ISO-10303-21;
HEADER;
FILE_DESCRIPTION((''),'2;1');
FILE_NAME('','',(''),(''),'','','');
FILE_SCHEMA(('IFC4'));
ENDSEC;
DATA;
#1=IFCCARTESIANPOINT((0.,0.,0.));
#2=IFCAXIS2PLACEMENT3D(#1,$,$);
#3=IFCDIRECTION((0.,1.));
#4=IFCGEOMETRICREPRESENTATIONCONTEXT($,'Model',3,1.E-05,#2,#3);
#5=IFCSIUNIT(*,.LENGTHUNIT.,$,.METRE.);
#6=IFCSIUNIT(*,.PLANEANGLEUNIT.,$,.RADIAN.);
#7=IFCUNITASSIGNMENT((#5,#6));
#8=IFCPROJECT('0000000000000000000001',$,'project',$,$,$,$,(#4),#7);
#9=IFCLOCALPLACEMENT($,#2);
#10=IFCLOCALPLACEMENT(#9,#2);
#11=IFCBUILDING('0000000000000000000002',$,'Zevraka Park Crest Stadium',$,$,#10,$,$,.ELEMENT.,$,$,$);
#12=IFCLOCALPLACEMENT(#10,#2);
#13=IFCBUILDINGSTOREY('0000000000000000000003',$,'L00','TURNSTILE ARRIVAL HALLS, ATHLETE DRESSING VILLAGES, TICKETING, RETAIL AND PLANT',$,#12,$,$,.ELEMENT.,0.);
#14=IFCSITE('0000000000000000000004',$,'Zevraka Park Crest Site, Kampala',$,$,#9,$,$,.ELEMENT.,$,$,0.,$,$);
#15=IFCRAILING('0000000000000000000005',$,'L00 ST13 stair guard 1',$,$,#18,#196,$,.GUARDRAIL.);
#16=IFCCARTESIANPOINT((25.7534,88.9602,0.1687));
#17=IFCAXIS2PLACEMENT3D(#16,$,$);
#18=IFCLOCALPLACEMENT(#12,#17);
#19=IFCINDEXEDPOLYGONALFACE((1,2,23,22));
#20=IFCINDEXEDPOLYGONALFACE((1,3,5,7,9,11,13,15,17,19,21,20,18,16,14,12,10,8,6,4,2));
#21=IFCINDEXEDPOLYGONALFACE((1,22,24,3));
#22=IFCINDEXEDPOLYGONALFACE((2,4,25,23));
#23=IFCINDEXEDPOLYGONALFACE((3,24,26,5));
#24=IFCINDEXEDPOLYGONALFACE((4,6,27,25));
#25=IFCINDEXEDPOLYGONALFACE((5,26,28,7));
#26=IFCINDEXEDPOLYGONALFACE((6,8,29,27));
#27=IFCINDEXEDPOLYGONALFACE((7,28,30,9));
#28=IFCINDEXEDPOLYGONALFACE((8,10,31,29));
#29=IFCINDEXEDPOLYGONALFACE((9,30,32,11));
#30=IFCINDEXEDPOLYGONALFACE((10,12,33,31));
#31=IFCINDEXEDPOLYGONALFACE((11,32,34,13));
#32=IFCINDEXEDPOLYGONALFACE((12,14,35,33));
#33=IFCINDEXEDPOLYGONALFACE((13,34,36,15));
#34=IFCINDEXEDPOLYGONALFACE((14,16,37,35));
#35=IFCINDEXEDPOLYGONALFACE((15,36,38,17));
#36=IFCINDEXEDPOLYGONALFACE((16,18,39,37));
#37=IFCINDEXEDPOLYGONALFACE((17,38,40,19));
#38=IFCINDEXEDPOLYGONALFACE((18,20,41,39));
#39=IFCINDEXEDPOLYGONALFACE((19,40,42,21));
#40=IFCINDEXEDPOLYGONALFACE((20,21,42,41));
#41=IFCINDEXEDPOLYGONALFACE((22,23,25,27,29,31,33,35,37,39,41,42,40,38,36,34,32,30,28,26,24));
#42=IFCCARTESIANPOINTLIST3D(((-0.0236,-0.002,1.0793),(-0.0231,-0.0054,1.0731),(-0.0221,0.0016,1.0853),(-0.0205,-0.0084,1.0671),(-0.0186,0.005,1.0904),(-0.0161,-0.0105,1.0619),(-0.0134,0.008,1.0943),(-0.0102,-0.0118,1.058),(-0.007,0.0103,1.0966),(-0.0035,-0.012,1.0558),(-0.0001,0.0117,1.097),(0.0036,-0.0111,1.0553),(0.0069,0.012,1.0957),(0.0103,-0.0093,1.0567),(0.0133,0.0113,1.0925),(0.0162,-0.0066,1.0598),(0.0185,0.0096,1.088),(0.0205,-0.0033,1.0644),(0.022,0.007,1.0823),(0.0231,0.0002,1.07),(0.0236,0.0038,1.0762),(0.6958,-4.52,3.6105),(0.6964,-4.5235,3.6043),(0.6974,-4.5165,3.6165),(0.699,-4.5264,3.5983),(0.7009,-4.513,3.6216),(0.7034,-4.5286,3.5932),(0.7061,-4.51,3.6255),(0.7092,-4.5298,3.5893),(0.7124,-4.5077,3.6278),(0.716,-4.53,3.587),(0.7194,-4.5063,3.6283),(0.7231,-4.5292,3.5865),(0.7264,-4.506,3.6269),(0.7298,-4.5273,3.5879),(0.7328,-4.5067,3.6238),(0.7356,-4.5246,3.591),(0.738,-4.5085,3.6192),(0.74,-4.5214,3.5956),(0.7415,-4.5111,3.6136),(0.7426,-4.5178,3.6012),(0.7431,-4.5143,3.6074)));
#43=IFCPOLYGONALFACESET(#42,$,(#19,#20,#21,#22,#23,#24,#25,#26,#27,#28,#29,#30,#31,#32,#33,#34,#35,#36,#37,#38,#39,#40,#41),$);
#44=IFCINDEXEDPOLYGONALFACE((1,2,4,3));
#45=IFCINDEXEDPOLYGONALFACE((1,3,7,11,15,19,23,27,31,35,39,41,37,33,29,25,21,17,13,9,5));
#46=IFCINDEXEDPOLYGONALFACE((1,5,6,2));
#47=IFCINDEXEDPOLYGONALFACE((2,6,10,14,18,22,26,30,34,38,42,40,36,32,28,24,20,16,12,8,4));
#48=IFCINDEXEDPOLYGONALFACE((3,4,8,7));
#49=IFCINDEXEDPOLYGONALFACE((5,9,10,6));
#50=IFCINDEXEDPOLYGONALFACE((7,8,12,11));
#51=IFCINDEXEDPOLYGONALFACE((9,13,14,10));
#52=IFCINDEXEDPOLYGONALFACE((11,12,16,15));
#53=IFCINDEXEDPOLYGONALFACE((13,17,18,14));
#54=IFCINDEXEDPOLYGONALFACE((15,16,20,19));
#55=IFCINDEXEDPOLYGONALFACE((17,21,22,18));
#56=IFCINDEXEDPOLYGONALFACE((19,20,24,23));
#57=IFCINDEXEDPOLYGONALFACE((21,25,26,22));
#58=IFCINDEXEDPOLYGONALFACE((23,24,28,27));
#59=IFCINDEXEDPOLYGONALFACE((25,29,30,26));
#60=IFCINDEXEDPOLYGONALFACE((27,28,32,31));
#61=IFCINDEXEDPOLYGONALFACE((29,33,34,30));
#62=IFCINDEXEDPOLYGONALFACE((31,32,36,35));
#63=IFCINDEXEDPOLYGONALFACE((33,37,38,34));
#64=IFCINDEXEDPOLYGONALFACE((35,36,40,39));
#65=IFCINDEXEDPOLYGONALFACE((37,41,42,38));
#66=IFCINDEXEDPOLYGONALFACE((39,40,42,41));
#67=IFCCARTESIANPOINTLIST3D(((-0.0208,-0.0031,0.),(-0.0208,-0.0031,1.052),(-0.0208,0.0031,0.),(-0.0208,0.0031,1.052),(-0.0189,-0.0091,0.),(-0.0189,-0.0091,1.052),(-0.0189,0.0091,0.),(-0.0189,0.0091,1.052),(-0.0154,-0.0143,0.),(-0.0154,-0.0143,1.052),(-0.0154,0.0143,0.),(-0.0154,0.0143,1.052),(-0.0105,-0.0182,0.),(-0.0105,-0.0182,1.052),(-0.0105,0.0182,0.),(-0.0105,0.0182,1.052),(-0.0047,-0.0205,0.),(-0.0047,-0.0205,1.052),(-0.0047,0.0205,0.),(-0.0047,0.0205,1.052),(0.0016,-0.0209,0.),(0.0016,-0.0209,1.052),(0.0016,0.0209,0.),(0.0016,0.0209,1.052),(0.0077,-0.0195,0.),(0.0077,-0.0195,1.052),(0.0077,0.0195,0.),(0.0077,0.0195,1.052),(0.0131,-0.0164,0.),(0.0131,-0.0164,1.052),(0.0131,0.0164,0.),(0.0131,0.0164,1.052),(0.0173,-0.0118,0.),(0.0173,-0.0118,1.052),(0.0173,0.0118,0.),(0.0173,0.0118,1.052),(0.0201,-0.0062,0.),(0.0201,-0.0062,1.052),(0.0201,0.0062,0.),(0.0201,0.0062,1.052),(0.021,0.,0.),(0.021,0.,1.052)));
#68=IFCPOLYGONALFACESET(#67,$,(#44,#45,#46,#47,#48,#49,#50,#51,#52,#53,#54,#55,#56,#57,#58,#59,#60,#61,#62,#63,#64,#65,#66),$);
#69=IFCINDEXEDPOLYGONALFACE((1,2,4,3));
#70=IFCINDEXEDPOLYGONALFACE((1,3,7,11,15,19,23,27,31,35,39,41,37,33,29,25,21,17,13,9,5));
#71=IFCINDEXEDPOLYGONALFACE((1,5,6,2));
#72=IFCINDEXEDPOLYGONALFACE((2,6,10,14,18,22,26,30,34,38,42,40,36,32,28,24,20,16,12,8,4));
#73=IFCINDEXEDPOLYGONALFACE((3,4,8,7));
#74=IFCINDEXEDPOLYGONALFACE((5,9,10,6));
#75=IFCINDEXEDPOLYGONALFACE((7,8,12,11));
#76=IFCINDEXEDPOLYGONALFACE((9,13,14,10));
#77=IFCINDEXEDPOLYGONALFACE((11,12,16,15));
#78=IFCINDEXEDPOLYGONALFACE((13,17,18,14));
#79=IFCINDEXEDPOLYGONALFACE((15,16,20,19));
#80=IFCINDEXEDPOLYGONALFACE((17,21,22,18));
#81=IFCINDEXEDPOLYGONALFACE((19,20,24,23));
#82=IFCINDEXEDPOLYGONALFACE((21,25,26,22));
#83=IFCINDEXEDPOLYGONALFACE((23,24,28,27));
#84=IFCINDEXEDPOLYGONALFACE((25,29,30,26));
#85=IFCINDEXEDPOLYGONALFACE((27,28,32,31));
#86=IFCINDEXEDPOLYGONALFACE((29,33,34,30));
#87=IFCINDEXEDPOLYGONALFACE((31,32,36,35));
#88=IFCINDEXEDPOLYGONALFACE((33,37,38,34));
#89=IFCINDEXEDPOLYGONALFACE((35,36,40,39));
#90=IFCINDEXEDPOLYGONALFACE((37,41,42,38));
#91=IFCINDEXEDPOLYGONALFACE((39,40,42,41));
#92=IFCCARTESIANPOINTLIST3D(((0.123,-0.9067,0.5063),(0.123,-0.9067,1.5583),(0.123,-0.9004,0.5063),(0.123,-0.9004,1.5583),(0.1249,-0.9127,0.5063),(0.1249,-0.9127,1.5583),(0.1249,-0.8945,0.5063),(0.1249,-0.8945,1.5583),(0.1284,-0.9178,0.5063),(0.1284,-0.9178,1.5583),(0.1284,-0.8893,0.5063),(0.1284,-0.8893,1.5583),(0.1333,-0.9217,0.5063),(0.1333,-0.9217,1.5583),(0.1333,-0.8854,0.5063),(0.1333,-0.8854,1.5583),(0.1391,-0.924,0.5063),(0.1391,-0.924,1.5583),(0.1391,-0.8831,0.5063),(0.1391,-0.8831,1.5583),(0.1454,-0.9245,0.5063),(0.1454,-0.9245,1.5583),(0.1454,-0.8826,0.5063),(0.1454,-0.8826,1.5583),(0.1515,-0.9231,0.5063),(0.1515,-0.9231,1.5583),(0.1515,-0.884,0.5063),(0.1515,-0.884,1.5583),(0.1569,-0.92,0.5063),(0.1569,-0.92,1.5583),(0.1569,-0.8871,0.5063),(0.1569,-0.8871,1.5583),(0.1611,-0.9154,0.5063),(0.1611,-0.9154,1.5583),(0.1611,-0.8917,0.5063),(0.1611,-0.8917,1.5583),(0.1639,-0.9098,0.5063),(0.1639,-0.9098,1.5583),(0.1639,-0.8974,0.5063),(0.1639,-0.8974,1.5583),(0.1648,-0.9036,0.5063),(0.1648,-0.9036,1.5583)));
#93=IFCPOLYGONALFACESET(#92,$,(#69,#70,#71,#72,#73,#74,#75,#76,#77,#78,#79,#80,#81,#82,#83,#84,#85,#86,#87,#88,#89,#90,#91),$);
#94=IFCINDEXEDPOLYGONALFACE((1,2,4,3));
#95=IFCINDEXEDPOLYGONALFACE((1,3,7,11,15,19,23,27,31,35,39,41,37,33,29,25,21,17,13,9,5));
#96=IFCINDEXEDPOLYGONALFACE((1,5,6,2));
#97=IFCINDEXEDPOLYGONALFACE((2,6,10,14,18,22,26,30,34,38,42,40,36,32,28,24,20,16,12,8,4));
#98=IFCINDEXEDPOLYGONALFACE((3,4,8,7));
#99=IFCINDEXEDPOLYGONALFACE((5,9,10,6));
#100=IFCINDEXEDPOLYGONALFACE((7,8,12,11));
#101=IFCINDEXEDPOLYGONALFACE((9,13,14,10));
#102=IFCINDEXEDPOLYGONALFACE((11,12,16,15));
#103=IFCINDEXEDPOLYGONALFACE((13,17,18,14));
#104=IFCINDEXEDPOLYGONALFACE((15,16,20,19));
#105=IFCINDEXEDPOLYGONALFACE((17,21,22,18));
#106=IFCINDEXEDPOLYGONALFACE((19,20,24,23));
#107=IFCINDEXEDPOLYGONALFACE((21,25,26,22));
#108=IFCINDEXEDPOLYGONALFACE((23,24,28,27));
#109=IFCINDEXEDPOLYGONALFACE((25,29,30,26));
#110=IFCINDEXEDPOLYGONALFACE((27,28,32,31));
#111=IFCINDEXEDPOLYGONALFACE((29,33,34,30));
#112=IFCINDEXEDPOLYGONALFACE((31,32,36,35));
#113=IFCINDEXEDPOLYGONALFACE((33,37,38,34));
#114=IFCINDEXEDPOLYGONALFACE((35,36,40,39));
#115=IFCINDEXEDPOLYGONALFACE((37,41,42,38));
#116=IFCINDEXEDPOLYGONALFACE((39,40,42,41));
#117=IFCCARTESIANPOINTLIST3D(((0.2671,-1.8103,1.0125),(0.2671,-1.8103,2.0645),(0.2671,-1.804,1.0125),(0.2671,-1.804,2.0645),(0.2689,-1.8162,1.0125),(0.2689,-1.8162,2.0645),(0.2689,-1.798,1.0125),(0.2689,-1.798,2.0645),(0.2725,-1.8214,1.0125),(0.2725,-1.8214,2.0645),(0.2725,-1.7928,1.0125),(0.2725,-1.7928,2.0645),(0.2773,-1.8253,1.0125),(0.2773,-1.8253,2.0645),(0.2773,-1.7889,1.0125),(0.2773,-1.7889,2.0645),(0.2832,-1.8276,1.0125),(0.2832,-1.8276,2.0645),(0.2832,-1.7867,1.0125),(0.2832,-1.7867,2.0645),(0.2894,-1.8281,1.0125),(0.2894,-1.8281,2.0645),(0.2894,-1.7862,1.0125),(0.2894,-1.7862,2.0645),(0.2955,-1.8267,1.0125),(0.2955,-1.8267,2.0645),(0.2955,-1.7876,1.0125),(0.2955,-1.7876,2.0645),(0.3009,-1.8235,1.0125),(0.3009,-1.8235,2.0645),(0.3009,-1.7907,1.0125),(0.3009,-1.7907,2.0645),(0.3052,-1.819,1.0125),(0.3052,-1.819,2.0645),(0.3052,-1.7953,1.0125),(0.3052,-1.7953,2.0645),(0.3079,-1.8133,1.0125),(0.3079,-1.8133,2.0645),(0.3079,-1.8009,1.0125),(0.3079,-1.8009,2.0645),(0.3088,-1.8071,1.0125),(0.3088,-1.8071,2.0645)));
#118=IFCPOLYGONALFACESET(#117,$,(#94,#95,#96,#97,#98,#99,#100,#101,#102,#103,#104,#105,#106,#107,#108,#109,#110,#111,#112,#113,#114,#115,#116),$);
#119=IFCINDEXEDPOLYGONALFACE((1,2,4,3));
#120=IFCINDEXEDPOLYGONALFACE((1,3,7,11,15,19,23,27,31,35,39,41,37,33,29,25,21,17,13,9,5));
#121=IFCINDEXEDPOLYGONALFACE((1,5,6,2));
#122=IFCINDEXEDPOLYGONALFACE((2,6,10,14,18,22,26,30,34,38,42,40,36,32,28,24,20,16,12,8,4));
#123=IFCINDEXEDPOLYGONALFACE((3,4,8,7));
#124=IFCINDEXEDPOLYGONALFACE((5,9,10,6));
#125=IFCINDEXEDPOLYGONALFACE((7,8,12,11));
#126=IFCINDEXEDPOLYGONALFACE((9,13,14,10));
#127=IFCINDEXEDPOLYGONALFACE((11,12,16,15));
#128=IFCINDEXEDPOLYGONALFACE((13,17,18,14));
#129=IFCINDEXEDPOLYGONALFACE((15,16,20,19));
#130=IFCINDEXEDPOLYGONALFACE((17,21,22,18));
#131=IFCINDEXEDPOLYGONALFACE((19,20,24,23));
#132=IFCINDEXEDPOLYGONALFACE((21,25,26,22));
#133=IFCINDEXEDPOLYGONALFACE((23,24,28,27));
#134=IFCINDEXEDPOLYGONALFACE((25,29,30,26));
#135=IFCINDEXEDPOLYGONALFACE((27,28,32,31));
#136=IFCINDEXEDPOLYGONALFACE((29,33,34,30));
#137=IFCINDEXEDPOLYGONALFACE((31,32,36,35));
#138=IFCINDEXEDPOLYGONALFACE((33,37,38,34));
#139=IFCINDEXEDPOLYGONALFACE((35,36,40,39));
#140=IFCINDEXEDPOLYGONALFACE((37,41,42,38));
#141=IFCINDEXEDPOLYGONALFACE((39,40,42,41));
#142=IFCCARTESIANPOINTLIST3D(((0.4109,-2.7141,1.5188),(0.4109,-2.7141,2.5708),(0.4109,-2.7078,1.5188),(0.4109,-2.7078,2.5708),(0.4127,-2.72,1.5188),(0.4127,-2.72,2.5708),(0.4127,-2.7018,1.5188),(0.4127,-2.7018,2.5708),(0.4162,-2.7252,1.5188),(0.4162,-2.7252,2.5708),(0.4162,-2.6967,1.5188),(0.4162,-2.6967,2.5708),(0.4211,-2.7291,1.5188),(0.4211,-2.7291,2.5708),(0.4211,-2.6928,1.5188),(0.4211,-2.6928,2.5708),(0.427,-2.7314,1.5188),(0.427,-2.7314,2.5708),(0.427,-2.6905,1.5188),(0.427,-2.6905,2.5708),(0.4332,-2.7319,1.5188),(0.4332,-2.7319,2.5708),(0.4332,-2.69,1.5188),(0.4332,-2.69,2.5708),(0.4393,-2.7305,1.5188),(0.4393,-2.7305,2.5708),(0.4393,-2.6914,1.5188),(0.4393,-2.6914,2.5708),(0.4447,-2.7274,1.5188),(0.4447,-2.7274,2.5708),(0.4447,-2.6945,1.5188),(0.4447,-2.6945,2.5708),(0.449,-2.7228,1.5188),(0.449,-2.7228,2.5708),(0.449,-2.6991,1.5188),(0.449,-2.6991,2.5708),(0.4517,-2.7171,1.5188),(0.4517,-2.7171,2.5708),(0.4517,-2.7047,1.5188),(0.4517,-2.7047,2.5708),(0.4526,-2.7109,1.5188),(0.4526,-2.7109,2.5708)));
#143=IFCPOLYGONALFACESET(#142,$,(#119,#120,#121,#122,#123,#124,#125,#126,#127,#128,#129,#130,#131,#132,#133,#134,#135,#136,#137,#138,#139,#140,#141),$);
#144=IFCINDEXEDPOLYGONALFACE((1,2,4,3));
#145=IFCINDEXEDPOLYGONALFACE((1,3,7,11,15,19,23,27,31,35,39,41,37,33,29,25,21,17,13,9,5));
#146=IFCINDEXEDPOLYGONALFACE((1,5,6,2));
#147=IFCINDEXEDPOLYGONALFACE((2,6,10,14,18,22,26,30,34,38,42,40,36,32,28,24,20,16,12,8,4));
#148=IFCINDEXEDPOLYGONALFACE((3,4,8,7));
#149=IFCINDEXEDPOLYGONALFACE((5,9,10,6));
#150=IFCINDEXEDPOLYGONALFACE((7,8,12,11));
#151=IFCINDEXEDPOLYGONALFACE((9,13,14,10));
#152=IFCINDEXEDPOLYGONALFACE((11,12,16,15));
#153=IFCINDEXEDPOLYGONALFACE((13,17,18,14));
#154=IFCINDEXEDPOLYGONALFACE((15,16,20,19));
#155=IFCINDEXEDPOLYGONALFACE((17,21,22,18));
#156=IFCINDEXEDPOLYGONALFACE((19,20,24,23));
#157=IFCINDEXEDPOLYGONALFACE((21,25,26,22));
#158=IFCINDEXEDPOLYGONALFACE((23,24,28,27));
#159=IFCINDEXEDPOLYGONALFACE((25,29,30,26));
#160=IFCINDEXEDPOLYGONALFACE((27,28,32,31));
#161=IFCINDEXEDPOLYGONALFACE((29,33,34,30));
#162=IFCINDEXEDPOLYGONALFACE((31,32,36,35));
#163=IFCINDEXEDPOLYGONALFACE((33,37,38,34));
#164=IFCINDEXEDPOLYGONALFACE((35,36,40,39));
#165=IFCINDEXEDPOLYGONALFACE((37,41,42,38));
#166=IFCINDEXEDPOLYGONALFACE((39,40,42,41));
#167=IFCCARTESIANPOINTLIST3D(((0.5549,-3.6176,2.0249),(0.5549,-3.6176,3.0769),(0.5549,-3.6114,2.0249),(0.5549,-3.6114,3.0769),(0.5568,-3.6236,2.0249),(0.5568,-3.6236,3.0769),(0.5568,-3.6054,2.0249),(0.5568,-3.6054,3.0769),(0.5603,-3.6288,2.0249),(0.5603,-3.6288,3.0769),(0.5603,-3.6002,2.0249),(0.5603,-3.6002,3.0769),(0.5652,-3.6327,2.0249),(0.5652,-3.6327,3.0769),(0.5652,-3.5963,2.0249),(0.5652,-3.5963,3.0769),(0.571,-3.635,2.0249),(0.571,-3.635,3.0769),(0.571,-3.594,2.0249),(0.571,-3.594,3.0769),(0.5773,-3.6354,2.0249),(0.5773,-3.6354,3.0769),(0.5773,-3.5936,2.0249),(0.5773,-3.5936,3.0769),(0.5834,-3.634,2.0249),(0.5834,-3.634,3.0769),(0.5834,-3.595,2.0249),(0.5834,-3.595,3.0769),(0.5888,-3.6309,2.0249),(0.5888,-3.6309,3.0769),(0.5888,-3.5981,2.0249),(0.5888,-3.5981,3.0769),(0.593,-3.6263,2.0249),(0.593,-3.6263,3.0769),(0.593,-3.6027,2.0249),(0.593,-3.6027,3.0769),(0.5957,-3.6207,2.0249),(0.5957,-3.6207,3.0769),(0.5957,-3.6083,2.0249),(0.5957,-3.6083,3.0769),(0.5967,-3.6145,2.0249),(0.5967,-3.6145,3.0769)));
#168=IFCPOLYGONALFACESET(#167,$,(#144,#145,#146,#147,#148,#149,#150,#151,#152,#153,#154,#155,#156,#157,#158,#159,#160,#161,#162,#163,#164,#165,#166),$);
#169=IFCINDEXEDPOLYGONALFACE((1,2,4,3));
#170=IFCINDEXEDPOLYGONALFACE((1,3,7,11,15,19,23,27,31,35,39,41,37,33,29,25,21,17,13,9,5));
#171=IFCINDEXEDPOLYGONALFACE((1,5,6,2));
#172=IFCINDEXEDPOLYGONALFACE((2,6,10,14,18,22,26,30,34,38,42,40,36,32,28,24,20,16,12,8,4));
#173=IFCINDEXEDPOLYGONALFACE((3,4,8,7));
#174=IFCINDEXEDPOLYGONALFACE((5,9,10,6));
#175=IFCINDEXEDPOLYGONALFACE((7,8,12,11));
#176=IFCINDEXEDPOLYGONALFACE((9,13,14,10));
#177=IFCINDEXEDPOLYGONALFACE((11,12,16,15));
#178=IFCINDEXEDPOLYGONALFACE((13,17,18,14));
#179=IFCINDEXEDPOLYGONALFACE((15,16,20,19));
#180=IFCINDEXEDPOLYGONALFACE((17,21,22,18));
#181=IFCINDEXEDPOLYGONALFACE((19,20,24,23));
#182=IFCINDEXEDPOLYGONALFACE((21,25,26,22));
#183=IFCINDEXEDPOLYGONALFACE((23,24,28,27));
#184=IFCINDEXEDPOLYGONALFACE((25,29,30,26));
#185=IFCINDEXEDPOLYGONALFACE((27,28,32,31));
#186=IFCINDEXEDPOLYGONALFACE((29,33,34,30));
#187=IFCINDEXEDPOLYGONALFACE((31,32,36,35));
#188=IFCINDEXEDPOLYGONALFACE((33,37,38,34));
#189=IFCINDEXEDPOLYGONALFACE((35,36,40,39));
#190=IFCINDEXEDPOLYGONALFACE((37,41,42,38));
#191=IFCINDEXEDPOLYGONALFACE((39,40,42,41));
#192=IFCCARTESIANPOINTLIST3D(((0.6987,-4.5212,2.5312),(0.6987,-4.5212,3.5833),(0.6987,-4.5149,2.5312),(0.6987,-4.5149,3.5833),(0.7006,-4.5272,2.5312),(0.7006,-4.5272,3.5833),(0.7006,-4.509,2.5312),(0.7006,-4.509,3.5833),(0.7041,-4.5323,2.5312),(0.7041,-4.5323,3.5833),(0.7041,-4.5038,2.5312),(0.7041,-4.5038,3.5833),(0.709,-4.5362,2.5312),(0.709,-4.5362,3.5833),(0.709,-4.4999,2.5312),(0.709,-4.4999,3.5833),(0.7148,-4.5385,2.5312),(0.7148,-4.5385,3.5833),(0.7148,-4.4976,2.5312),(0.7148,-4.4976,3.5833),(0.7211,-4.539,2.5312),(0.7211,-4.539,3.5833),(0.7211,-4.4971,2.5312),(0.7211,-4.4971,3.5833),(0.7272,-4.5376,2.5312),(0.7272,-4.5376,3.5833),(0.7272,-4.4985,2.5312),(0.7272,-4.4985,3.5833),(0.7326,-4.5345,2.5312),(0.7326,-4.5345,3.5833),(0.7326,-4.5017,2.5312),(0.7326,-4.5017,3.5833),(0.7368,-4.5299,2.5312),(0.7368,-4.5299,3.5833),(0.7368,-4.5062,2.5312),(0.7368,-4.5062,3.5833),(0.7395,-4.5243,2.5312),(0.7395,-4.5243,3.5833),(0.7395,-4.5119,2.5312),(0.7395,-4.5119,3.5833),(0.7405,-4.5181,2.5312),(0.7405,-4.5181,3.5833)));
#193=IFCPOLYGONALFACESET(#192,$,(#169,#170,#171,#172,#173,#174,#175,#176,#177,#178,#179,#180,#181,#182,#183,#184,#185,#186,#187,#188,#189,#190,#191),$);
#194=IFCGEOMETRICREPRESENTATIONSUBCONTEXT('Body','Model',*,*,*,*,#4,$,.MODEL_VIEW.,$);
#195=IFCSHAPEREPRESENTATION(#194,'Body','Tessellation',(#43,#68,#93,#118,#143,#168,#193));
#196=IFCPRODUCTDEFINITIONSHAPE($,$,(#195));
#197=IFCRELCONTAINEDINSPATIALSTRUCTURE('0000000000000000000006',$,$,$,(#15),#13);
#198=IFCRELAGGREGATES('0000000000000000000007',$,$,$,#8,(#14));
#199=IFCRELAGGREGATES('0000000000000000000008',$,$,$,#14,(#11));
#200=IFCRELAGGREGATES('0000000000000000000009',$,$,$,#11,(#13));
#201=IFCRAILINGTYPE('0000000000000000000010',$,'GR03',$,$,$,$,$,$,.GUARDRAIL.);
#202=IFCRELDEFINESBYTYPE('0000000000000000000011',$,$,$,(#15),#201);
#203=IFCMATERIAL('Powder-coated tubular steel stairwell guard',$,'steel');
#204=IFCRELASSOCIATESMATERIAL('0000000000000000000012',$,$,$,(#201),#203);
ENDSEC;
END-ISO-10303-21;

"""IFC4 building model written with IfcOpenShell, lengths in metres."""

from ifc_helpers import new_model, si_unit, direction, frame, origin, origin_2d, place, context, subcontext, project, spatial, circle, extrude, material, type_object, element, save


model = new_model("IFC4")

# Units and contexts
model_context = context("Model", 3, precision=1e-05, world=origin(), true_north=direction((0.0, 1.0)))
body_context = subcontext(model_context, "Body", "Model", "MODEL_VIEW")
ifc_project = project(units=[si_unit("LENGTHUNIT", "METRE"), si_unit("PLANEANGLEUNIT", "RADIAN")], contexts=[model_context])

# Site, building, storey
site_placement = place(None, origin())
site = spatial("IfcSite", under=ifc_project, at=site_placement, Name="Zevraka Park Crest Site, Kampala", CompositionType="ELEMENT", RefElevation=0.0)
building_placement = place(site_placement, origin())
building = spatial("IfcBuilding", under=site, at=building_placement, Name="Zevraka Park Crest Stadium", CompositionType="ELEMENT")
storey_placement = place(building_placement, origin())
storey = spatial("IfcBuildingStorey", under=building, at=storey_placement, Name="L00", Description="TURNSTILE ARRIVAL HALLS, ATHLETE DRESSING VILLAGES, TICKETING, RETAIL AND PLANT", CompositionType="ELEMENT", Elevation=0.0)

# Railing
ifc_material_1 = material(Name="Powder-coated tubular steel stairwell guard", Category="steel")
railing_type_1 = type_object("IfcRailingType", Name="GR03", PredefinedType="GUARDRAIL", material=ifc_material_1)
railing_1_placement = place(storey_placement, frame((25.7534, 88.9602, 0.1687)))
element("IfcRailing", 1, at=railing_1_placement, inside=storey, type_object=railing_type_1, Name="L00 ST13 stair guard 1", PredefinedType="GUARDRAIL", context=body_context, shape_type="SweptSolid", body=[
    extrude(circle(Radius=0.0239, at=origin_2d()), frame((0.0, 0.0, 1.0762), z_axis=(0.137606, -0.864113, 0.48412), x_axis=(0.987557, 0.157264, 0.0)), (0.0, 0.0, 1.0), 5.2285),
    extrude(circle(Radius=0.021, at=origin_2d()), origin(), (0.0, 0.0, 1.0), 1.052),
    extrude(circle(Radius=0.021, at=origin_2d()), frame((0.1438, -0.9036, 0.5063)), (0.0, 0.0, 1.0), 1.052),
    extrude(circle(Radius=0.021, at=origin_2d()), frame((0.2878, -1.8071, 1.0125)), (0.0, 0.0, 1.0), 1.052),
    extrude(circle(Radius=0.021, at=origin_2d()), frame((0.4316, -2.7109, 1.5188)), (0.0, 0.0, 1.0), 1.052),
    extrude(circle(Radius=0.021, at=origin_2d()), frame((0.5757, -3.6145, 2.0249)), (0.0, 0.0, 1.0), 1.052),
    extrude(circle(Radius=0.021, at=origin_2d()), frame((0.7195, -4.5181, 2.5312)), (0.0, 0.0, 1.0), 1.052),
])

save(model, "model.ifc")
